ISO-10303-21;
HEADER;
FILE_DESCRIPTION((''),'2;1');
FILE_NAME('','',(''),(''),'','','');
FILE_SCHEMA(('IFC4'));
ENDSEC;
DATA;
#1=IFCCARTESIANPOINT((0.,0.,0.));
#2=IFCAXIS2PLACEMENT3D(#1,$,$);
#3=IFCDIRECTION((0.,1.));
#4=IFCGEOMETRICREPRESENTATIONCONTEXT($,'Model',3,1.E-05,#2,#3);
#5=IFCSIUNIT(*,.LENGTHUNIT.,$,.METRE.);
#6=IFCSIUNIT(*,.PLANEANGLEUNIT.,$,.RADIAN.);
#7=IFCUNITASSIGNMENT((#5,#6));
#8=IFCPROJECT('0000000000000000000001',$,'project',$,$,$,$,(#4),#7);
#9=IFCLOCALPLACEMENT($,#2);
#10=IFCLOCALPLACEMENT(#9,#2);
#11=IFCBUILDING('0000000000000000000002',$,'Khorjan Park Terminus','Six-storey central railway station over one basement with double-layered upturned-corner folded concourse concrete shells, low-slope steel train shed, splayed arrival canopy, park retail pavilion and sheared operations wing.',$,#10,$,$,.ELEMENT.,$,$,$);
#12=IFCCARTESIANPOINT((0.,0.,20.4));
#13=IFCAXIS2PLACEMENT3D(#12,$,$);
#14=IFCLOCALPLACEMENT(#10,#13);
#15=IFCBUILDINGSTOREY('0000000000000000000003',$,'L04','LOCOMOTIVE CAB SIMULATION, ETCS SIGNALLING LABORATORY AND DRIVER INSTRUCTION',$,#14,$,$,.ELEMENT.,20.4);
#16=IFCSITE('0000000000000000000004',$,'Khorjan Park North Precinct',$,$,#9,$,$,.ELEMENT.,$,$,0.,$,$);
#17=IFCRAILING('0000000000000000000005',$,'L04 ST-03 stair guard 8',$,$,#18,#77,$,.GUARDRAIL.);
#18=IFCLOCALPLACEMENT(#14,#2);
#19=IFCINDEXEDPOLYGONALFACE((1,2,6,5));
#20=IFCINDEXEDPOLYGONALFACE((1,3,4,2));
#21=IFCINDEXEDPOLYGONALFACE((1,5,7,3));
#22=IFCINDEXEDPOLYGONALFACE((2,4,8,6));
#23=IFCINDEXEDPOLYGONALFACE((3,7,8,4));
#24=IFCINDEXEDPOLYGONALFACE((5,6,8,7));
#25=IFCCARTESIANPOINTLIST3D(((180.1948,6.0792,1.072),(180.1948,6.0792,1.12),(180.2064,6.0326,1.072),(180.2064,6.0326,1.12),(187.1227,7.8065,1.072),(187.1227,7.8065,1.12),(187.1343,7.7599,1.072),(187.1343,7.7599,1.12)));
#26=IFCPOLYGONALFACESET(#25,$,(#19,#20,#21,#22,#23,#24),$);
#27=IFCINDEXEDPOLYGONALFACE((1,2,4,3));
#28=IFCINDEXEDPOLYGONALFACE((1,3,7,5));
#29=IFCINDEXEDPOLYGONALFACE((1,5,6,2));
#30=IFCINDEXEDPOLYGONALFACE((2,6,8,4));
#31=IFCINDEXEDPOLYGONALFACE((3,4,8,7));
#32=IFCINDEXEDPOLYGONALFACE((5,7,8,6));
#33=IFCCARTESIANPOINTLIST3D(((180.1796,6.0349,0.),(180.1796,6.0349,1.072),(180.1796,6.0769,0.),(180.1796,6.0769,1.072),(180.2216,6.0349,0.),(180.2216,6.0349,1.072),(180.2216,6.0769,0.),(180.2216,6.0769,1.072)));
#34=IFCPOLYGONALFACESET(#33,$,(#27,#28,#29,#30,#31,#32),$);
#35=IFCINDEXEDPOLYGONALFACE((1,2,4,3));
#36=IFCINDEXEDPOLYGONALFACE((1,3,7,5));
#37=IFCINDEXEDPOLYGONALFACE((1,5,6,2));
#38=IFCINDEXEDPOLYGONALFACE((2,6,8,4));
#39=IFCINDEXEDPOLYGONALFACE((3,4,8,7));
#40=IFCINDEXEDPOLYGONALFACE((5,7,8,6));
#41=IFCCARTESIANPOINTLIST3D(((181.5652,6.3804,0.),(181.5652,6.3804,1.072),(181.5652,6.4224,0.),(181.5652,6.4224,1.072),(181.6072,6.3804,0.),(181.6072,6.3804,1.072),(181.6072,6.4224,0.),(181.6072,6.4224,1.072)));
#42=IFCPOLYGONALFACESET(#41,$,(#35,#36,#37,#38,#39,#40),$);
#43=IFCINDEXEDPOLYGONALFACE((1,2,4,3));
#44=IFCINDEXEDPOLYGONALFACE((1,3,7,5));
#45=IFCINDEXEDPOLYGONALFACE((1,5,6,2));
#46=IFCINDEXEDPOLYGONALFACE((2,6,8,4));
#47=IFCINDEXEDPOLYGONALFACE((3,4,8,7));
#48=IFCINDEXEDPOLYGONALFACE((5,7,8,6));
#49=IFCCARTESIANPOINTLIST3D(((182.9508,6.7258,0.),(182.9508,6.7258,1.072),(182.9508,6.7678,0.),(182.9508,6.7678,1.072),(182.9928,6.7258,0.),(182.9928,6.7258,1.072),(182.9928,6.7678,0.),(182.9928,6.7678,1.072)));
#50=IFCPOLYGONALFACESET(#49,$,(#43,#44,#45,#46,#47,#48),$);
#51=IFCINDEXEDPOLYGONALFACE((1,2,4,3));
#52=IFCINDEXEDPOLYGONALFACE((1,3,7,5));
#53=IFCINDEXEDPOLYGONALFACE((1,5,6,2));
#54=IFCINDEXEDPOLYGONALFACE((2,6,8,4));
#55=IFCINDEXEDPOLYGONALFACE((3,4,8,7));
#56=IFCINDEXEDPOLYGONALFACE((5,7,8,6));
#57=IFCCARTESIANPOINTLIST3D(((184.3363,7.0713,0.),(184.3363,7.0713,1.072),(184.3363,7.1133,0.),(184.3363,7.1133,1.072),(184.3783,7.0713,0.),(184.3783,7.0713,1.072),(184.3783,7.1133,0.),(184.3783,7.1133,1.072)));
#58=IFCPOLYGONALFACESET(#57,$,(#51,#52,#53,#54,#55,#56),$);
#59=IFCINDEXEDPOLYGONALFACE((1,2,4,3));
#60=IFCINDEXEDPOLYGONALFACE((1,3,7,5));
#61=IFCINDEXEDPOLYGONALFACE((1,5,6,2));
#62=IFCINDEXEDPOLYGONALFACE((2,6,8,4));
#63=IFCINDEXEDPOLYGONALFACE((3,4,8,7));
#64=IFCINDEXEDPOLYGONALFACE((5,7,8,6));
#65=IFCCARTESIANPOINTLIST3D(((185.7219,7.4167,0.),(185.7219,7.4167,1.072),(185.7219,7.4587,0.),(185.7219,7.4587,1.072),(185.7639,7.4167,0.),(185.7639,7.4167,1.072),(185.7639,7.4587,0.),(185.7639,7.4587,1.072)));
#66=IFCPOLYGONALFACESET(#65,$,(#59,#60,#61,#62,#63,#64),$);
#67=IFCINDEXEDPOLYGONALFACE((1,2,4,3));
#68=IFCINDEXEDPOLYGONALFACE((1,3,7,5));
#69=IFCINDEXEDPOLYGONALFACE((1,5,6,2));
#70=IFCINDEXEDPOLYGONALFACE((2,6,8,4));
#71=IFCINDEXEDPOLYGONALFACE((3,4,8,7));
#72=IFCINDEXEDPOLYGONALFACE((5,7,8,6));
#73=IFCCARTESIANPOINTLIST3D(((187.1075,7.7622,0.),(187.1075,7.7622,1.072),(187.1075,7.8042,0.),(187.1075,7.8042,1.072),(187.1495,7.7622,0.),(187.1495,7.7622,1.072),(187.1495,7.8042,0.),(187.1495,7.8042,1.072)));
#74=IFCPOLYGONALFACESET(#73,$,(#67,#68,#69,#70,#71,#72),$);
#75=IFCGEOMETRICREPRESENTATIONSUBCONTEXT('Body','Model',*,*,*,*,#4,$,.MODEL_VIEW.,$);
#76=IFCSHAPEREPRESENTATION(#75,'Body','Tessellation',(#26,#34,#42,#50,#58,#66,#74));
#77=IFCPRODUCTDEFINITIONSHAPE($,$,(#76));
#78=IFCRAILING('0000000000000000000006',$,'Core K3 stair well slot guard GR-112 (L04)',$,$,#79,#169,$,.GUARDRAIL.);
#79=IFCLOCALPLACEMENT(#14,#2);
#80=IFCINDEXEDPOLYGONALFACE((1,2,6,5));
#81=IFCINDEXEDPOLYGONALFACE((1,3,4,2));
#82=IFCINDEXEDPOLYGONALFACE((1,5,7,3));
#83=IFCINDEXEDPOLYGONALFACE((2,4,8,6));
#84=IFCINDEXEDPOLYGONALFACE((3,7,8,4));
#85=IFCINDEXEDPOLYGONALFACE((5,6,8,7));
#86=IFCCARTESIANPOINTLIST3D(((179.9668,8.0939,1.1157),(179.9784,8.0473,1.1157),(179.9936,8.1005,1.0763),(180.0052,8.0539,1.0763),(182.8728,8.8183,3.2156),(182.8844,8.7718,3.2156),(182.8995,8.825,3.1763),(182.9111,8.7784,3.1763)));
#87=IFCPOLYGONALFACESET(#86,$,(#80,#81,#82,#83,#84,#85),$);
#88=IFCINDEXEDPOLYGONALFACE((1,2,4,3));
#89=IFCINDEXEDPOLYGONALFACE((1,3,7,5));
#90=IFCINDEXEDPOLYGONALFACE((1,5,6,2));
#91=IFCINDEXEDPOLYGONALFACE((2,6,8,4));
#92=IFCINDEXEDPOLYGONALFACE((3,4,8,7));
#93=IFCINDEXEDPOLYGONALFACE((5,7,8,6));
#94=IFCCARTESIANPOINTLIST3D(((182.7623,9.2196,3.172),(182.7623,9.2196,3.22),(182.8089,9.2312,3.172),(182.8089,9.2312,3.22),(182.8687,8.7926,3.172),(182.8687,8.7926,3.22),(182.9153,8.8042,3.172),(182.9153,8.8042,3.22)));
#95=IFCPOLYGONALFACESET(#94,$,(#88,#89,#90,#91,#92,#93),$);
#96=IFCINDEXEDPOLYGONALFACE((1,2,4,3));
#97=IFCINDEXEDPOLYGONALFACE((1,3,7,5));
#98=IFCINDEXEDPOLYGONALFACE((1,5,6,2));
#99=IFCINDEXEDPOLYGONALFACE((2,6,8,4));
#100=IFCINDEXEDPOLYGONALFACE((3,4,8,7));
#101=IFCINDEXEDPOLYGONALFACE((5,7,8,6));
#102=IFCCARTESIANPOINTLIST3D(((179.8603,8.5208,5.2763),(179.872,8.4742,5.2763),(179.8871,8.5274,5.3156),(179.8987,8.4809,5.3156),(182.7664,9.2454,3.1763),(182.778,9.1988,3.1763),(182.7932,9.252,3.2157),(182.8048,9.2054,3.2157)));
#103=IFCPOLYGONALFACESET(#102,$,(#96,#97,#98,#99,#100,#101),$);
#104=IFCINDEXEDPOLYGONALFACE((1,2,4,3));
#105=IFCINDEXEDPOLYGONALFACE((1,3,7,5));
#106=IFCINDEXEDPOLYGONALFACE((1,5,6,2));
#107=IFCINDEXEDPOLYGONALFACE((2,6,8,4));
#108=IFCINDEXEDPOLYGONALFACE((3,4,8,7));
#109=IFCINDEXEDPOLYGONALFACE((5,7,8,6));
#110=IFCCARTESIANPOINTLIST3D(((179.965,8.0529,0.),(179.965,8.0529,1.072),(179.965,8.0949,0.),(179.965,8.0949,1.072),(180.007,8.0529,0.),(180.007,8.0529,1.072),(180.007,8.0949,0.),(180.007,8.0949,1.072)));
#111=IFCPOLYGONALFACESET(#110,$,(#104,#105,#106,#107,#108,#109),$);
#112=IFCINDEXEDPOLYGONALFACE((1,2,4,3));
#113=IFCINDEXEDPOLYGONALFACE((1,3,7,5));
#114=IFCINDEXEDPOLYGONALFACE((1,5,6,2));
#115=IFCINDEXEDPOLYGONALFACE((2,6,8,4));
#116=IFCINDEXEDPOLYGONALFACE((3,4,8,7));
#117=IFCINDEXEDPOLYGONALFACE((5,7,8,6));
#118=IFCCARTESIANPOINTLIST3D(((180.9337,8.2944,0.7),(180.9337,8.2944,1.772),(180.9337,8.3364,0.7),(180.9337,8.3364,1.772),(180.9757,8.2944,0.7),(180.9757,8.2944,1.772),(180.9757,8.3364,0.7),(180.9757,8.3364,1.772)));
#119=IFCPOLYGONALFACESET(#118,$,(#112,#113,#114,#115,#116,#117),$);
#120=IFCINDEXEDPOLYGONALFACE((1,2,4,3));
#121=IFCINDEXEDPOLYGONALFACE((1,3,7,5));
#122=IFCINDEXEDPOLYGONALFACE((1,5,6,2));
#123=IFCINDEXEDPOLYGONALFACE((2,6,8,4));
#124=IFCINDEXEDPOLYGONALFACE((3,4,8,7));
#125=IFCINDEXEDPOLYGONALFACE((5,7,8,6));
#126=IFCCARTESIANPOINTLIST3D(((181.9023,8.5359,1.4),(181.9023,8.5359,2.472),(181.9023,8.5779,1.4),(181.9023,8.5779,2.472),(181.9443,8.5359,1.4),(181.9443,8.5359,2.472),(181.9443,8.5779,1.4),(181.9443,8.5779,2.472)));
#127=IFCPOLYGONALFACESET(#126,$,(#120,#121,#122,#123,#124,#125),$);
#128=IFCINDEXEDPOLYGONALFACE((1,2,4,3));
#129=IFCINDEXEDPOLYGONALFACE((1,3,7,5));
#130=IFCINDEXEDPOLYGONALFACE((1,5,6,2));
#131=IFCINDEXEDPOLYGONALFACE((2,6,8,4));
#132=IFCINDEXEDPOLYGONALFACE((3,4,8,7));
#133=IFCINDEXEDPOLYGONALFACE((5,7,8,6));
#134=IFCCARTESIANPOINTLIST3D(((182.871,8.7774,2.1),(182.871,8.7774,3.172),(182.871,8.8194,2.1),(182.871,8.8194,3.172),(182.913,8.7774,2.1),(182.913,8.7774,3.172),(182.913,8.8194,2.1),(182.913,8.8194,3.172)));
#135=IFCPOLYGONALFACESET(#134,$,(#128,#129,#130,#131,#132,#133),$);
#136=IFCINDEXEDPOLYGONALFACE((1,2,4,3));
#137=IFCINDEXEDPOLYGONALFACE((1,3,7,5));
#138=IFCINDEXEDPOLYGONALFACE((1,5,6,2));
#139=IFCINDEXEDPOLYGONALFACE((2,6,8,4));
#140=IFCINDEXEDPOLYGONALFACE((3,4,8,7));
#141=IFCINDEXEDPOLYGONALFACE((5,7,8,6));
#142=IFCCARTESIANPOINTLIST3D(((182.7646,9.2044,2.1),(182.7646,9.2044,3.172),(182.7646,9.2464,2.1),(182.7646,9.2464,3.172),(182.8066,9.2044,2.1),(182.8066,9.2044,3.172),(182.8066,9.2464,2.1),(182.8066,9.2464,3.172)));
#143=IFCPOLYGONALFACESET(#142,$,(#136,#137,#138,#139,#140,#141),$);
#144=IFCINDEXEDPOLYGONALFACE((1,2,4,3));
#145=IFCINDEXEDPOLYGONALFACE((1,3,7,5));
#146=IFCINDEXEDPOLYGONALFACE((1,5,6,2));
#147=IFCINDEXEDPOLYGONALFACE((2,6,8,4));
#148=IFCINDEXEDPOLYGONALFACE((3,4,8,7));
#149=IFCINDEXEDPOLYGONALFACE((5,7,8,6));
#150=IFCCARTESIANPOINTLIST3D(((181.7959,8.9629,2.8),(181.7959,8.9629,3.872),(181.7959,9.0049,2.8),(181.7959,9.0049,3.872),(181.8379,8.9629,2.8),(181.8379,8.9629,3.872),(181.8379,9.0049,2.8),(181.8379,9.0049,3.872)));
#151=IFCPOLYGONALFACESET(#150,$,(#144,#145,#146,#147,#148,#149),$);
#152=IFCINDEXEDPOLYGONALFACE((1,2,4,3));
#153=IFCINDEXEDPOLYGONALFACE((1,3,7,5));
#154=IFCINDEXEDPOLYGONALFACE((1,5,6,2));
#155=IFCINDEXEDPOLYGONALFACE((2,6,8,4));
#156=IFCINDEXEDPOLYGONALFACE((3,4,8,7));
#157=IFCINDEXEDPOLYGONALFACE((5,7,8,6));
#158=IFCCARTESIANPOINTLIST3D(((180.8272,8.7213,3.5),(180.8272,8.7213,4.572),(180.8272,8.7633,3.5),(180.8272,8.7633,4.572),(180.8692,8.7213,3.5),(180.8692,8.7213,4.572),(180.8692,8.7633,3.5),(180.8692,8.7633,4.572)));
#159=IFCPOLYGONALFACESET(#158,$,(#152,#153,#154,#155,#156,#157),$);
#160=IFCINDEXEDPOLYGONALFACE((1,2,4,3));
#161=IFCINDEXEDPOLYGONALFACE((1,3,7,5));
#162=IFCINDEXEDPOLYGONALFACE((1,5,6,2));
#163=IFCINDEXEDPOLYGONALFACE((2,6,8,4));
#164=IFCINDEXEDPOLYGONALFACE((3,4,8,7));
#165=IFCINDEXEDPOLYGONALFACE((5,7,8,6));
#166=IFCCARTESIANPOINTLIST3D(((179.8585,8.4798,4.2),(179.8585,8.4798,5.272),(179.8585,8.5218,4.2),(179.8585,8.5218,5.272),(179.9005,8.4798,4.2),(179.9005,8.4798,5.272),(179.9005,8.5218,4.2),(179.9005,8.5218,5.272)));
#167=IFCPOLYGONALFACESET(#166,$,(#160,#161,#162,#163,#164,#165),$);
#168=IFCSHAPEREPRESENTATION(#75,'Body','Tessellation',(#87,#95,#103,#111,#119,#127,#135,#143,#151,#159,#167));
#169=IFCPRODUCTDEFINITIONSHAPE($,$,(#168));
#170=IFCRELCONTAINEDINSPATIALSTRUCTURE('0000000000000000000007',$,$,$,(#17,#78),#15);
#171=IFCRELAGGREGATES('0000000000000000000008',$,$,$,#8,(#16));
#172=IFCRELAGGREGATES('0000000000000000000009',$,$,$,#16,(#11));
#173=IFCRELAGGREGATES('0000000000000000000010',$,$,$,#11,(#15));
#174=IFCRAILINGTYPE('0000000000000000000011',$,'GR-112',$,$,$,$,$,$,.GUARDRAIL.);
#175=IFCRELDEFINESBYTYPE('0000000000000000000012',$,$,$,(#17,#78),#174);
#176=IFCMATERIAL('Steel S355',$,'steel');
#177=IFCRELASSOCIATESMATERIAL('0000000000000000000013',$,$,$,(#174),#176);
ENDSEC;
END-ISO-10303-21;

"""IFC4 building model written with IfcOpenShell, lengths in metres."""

from ifc_helpers import new_model, si_unit, direction, frame, origin, origin_2d, place, context, subcontext, project, spatial, rectangle, extrude, material, type_object, element, save


model = new_model("IFC4")

# Units and contexts
model_context = context("Model", 3, precision=1e-05, world=origin(), true_north=direction((0.0, 1.0)))
body_context = subcontext(model_context, "Body", "Model", "MODEL_VIEW")
ifc_project = project(units=[si_unit("LENGTHUNIT", "METRE"), si_unit("PLANEANGLEUNIT", "RADIAN")], contexts=[model_context])

# Site, building, storey
site_placement = place(None, origin())
site = spatial("IfcSite", under=ifc_project, at=site_placement, Name="Khorjan Park North Precinct", CompositionType="ELEMENT", RefElevation=0.0)
building_placement = place(site_placement, origin())
building = spatial("IfcBuilding", under=site, at=building_placement, Name="Khorjan Park Terminus", Description="Six-storey central railway station over one basement with double-layered upturned-corner folded concourse concrete shells, low-slope steel train shed, splayed arrival canopy, park retail pavilion and sheared operations wing.", CompositionType="ELEMENT")
storey_placement = place(building_placement, frame((0.0, 0.0, 20.4)))
storey = spatial("IfcBuildingStorey", under=building, at=storey_placement, Name="L04", Description="LOCOMOTIVE CAB SIMULATION, ETCS SIGNALLING LABORATORY AND DRIVER INSTRUCTION", CompositionType="ELEMENT", Elevation=20.4)

# Railings
ifc_material_1 = material(Name="Steel S355", Category="steel")
railing_type_1 = type_object("IfcRailingType", Name="GR-112", PredefinedType="GUARDRAIL", material=ifc_material_1)
railing_1_placement = place(storey_placement, frame((180.2006, 6.0559, 0.0)))
element("IfcRailing", 1, at=railing_1_placement, inside=storey, type_object=railing_type_1, Name="L04 ST-03 stair guard 8", PredefinedType="GUARDRAIL", context=body_context, shape_type="SweptSolid", body=[
    extrude(rectangle(XDim=0.048, YDim=0.048, at=origin_2d()), frame((0.0, 0.0, 1.096), z_axis=(0.970296, 0.241919, 0.0), x_axis=(-0.241919, 0.970296, 0.0)), (0.0, 0.0, 1.0), 7.14),
    extrude(rectangle(XDim=0.042, YDim=0.042, at=origin_2d()), origin(), (0.0, 0.0, 1.0), 1.072),
    extrude(rectangle(XDim=0.042, YDim=0.042, at=origin_2d()), frame((1.3856, 0.3455, 0.0)), (0.0, 0.0, 1.0), 1.072),
    extrude(rectangle(XDim=0.042, YDim=0.042, at=origin_2d()), frame((2.7712, 0.6909, 0.0)), (0.0, 0.0, 1.0), 1.072),
    extrude(rectangle(XDim=0.042, YDim=0.042, at=origin_2d()), frame((4.1567, 1.0364, 0.0)), (0.0, 0.0, 1.0), 1.072),
    extrude(rectangle(XDim=0.042, YDim=0.042, at=origin_2d()), frame((5.5423, 1.3818, 0.0)), (0.0, 0.0, 1.0), 1.072),
    extrude(rectangle(XDim=0.042, YDim=0.042, at=origin_2d()), frame((6.9279, 1.7273, 0.0)), (0.0, 0.0, 1.0), 1.072),
])
railing_2_placement = place(storey_placement, frame((179.986, 8.0739, 0.0)))
element("IfcRailing", 2, at=railing_2_placement, inside=storey, type_object=railing_type_1, Name="Core K3 stair well slot guard GR-112 (L04)", PredefinedType="GUARDRAIL", context=body_context, shape_type="SweptSolid", body=[
    extrude(rectangle(XDim=0.048, YDim=0.048, at=origin_2d()), frame((0.0, 0.0, 1.096), z_axis=(0.79446, 0.198068, 0.574111), x_axis=(-0.241907, 0.970299, 0.0)), (0.0, 0.0, 1.0), 3.6578),
    extrude(rectangle(XDim=0.048, YDim=0.048, at=origin_2d()), frame((2.906, 0.7245, 3.196), z_axis=(-0.241787, 0.970329, 0.0), x_axis=(-0.970329, -0.241787, 0.0)), (0.0, 0.0, 1.0), 0.4401),
    extrude(rectangle(XDim=0.048, YDim=0.048, at=origin_2d()), frame((2.7996, 1.1515, 3.196), z_axis=(-0.794465, -0.19809, 0.574095), x_axis=(0.241931, -0.970294, 0.0)), (0.0, 0.0, 1.0), 3.6579),
    extrude(rectangle(XDim=0.042, YDim=0.042, at=origin_2d()), origin(), (0.0, 0.0, 1.0), 1.072),
    extrude(rectangle(XDim=0.042, YDim=0.042, at=origin_2d()), frame((0.9687, 0.2415, 0.7)), (0.0, 0.0, 1.0), 1.072),
    extrude(rectangle(XDim=0.042, YDim=0.042, at=origin_2d()), frame((1.9373, 0.483, 1.4)), (0.0, 0.0, 1.0), 1.072),
    extrude(rectangle(XDim=0.042, YDim=0.042, at=origin_2d()), frame((2.906, 0.7245, 2.1)), (0.0, 0.0, 1.0), 1.072),
    extrude(rectangle(XDim=0.042, YDim=0.042, at=origin_2d()), frame((2.7996, 1.1515, 2.1)), (0.0, 0.0, 1.0), 1.072),
    extrude(rectangle(XDim=0.042, YDim=0.042, at=origin_2d()), frame((1.8309, 0.91, 2.8)), (0.0, 0.0, 1.0), 1.072),
    extrude(rectangle(XDim=0.042, YDim=0.042, at=origin_2d()), frame((0.8622, 0.6684, 3.5)), (0.0, 0.0, 1.0), 1.072),
    extrude(rectangle(XDim=0.042, YDim=0.042, at=origin_2d()), frame((-0.1065, 0.4269, 4.2)), (0.0, 0.0, 1.0), 1.072),
])

save(model, "model.ifc")
